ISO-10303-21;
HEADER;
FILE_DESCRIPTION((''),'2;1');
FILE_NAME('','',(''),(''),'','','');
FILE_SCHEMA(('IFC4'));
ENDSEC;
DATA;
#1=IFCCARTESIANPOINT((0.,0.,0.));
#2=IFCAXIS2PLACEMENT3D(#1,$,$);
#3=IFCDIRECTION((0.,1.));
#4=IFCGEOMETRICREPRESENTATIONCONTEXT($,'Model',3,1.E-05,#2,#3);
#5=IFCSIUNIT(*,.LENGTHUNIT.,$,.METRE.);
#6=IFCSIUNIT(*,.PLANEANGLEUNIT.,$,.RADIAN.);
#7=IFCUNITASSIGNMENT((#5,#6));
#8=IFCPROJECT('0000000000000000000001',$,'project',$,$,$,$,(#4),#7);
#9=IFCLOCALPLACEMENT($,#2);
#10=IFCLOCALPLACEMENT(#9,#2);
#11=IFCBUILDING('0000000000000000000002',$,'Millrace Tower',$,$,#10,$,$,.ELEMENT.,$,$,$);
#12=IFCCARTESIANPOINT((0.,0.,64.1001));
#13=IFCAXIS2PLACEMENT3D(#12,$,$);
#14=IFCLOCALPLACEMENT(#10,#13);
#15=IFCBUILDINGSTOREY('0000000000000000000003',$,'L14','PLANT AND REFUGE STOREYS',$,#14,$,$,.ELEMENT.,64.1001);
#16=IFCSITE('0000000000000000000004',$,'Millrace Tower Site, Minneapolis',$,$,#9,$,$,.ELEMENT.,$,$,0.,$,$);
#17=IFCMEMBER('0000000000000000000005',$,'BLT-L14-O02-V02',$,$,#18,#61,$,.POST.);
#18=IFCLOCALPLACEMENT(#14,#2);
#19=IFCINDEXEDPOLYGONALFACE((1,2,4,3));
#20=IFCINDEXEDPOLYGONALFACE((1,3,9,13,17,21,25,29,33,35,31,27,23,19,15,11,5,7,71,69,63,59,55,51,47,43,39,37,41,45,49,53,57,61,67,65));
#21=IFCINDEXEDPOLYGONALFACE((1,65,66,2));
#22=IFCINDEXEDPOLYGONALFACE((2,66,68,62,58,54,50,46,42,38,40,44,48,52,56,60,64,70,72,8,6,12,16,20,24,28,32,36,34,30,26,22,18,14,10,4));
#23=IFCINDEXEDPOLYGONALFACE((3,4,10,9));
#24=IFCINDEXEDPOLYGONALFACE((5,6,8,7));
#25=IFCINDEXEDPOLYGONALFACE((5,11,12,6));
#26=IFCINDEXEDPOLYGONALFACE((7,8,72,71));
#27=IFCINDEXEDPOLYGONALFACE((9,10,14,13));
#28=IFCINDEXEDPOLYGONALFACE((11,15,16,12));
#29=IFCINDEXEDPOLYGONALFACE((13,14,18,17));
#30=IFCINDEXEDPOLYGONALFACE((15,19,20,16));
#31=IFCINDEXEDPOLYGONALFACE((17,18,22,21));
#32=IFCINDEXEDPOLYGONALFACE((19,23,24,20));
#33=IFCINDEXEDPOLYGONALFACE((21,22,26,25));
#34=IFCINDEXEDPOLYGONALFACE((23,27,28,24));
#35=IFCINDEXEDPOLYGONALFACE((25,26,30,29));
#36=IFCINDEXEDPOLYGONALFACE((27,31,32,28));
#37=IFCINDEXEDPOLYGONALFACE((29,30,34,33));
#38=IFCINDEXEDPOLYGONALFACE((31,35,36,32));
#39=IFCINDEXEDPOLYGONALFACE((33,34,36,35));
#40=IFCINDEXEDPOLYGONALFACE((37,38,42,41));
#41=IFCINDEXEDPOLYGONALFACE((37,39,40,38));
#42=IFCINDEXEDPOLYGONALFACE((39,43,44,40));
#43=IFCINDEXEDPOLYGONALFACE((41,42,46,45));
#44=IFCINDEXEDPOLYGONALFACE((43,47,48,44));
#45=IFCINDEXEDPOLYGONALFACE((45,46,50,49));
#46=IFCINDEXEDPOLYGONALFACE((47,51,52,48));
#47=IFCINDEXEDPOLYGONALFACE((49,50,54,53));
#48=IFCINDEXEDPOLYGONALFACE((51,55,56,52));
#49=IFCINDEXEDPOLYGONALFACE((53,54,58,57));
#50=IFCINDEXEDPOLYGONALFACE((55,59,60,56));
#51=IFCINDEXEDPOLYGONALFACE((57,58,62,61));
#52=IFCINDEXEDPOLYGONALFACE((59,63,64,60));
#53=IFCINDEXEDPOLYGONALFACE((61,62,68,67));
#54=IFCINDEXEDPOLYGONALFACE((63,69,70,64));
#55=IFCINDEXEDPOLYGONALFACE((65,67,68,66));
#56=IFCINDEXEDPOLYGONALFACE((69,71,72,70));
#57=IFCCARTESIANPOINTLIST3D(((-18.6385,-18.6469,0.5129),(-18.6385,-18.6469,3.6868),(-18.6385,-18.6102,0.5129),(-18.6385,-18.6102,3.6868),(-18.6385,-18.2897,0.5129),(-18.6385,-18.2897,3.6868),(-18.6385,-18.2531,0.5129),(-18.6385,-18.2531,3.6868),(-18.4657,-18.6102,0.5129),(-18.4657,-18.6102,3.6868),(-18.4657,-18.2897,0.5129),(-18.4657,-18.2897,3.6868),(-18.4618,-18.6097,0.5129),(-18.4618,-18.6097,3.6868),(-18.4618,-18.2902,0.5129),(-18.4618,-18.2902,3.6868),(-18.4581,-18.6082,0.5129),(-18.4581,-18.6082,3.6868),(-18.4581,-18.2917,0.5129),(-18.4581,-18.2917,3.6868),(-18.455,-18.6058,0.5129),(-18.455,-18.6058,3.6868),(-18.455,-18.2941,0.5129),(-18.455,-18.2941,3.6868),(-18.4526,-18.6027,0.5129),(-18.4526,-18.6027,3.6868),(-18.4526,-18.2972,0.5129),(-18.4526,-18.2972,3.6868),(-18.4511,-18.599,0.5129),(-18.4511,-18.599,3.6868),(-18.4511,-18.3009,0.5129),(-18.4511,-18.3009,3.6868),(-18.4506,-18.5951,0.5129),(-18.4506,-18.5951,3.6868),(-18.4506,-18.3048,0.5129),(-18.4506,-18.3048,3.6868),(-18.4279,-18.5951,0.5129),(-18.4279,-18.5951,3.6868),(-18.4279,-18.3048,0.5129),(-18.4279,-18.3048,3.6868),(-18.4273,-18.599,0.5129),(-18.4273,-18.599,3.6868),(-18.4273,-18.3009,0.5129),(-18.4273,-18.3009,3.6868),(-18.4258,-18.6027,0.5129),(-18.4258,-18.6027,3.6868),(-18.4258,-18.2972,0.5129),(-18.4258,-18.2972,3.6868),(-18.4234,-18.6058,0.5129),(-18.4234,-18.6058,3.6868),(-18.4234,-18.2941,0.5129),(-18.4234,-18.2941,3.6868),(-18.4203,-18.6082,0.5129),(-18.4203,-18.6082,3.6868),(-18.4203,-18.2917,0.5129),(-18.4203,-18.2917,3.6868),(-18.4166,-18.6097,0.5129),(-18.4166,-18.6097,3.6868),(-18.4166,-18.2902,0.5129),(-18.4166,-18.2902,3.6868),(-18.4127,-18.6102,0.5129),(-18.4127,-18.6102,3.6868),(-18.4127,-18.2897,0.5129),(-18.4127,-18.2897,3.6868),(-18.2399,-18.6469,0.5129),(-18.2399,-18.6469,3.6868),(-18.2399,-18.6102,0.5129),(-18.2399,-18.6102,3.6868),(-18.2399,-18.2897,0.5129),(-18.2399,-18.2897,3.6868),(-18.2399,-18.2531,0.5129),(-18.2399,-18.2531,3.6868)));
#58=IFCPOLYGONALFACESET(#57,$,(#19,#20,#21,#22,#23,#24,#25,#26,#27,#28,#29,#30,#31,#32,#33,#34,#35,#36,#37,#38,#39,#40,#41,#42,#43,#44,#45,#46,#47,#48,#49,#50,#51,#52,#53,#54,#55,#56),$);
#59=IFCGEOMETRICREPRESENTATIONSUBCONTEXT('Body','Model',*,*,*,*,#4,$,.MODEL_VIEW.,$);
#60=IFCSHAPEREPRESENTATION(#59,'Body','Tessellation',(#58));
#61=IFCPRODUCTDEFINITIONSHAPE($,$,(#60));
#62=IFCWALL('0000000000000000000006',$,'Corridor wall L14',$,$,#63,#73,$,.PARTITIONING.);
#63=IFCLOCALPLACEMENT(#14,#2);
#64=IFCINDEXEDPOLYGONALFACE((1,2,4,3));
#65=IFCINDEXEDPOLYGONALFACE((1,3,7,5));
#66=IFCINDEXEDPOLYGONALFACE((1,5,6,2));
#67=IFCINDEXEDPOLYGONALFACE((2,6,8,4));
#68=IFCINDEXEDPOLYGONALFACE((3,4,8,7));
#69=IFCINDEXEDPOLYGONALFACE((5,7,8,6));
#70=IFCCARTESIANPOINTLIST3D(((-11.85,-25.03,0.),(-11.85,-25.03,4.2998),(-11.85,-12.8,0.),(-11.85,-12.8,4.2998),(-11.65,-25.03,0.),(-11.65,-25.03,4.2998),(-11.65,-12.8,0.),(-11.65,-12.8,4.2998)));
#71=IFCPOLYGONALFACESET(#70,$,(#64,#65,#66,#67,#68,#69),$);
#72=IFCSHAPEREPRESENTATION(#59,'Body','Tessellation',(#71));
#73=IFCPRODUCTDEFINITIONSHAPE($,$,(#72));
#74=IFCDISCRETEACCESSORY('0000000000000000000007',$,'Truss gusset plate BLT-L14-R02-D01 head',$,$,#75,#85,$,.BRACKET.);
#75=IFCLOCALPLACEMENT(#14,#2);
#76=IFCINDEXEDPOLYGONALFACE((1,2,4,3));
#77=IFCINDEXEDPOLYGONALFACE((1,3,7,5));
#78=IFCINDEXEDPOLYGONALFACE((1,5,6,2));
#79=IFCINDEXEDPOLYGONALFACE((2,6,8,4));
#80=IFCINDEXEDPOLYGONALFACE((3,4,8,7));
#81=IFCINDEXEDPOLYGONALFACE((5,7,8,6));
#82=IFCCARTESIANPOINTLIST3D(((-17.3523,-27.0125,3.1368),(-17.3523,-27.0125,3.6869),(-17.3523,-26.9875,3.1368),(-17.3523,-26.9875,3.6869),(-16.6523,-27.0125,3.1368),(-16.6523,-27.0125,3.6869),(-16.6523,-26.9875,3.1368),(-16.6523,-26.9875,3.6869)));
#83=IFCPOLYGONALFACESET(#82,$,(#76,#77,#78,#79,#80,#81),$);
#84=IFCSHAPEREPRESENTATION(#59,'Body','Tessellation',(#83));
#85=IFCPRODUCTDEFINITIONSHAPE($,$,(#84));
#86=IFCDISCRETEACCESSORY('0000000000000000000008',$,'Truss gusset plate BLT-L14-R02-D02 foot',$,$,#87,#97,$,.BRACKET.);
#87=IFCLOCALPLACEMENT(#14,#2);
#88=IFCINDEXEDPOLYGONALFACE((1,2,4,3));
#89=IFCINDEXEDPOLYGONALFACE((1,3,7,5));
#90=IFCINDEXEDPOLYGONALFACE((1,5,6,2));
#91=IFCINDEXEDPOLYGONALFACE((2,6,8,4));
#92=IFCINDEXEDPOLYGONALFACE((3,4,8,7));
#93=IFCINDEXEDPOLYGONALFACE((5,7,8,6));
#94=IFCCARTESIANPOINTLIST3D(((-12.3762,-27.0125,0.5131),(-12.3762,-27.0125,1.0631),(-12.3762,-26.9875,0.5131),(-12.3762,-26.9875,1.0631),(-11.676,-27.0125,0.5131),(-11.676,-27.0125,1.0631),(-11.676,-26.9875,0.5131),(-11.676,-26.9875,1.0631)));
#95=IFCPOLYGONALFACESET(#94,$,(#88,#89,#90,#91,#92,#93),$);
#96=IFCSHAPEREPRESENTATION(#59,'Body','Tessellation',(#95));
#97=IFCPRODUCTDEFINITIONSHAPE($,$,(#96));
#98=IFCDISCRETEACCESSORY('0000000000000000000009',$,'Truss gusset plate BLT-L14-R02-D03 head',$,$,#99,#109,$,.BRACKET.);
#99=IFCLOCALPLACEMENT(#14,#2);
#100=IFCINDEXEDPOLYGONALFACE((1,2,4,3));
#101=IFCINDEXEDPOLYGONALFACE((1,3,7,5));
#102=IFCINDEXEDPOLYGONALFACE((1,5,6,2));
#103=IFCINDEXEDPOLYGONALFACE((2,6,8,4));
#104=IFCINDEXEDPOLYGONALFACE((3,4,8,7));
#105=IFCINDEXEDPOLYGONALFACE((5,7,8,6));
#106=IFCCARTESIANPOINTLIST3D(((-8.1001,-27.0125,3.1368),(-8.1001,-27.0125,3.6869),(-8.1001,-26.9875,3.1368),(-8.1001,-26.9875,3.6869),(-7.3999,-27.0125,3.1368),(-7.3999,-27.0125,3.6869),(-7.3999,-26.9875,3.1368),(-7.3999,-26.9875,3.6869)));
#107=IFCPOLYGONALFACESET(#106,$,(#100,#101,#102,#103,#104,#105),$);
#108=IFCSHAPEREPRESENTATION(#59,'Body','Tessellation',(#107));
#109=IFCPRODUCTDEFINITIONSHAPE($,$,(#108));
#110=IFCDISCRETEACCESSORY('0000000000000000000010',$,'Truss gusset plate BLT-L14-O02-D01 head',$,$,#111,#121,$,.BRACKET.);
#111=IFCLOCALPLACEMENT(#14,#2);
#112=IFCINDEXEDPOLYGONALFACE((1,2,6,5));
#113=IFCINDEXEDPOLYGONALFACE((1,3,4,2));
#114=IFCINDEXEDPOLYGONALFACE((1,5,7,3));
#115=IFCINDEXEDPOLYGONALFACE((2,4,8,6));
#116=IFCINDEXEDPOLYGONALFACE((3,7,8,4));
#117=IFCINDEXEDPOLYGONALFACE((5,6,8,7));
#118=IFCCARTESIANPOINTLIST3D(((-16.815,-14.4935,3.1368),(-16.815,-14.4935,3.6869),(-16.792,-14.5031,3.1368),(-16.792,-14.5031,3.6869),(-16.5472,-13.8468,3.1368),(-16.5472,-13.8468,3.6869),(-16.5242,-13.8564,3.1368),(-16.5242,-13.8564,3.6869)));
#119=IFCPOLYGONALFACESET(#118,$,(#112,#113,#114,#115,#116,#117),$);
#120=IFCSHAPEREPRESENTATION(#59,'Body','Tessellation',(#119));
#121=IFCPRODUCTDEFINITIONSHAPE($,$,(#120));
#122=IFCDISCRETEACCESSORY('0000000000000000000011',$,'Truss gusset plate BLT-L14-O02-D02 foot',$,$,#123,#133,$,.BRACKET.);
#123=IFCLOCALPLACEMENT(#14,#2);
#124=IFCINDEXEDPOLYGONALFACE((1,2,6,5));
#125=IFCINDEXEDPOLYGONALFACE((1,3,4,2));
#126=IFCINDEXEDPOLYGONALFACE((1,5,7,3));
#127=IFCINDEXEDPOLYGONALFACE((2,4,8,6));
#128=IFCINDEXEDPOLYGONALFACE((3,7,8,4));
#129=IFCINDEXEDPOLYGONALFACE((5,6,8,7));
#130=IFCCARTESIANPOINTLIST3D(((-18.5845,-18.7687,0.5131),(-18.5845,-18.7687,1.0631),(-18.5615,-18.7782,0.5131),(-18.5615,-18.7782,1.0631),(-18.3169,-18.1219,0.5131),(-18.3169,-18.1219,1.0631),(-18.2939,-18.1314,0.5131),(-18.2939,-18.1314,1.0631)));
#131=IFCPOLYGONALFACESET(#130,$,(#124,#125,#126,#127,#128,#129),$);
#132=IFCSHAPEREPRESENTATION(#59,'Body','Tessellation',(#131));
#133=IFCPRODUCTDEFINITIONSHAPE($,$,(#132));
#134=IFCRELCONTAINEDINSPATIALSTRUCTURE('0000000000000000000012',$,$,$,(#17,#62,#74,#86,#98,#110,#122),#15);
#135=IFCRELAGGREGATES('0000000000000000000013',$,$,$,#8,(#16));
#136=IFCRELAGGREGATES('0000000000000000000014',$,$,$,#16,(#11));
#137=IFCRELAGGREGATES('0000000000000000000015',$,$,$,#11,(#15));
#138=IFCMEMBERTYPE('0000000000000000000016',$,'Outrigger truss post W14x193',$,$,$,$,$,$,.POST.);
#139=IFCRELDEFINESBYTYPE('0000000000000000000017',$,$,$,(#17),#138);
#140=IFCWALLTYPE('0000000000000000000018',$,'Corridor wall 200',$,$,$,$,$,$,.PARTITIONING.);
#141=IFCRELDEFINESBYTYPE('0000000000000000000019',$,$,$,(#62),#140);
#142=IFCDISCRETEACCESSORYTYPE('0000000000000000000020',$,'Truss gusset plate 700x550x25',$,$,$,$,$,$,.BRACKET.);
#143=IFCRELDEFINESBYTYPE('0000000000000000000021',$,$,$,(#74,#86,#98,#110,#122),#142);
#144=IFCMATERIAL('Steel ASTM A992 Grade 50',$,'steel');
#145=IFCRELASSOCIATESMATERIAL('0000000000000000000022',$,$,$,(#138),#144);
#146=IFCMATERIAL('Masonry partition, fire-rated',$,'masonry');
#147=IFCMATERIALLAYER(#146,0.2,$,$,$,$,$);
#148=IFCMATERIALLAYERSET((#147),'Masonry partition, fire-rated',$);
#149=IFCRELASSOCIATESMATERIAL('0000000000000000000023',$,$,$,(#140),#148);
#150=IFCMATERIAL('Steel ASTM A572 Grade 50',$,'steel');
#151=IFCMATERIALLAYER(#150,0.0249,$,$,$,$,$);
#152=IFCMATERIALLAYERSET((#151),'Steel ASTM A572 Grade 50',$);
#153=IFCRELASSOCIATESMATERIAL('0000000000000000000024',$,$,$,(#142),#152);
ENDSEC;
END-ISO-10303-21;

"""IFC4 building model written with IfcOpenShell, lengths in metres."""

from ifc_helpers import new_model, si_unit, direction, frame, frame_2d, origin, origin_2d, place, context, subcontext, project, spatial, rectangle, i_section, extrude, material, layer, layer_set, material_profile, profile_set, type_object, element, save


model = new_model("IFC4")

# Units and contexts
model_context = context("Model", 3, precision=1e-05, world=origin(), true_north=direction((0.0, 1.0)))
body_context = subcontext(model_context, "Body", "Model", "MODEL_VIEW")
ifc_project = project(units=[si_unit("LENGTHUNIT", "METRE"), si_unit("PLANEANGLEUNIT", "RADIAN")], contexts=[model_context])

# Site, building, storey
site_placement = place(None, origin())
site = spatial("IfcSite", under=ifc_project, at=site_placement, Name="Millrace Tower Site, Minneapolis", CompositionType="ELEMENT", RefElevation=0.0)
building_placement = place(site_placement, origin())
building = spatial("IfcBuilding", under=site, at=building_placement, Name="Millrace Tower", CompositionType="ELEMENT")
storey_placement = place(building_placement, frame((0.0, 0.0, 64.1001)))
storey = spatial("IfcBuildingStorey", under=building, at=storey_placement, Name="L14", Description="PLANT AND REFUGE STOREYS", CompositionType="ELEMENT", Elevation=64.1001)

# Member
ifc_material_1 = material(Name="Steel ASTM A992 Grade 50", Category="steel")
ifc_material_profile_1 = material_profile(ifc_material_1, i_section(OverallWidth=0.3987, OverallDepth=0.3938, WebThickness=0.0227, FlangeThickness=0.0366, FilletRadius=0.0151, at=origin_2d()))
ifc_profile_set_1 = profile_set([ifc_material_profile_1], Name="Steel ASTM A992 Grade 50")
member_type_1 = type_object("IfcMemberType", Name="Outrigger truss post W14x193", PredefinedType="POST", material=ifc_profile_set_1)
for number, where, z_axis, x_axis, name in (
    (1, (-18.4392, -18.45, 0.5129), (0.0, 0.0, 1.0), (1.0, 0.0, 0.0), "BLT-L14-O02-V02"),
):
    element("IfcMember", number, at=place(storey_placement, frame(where, z_axis=z_axis, x_axis=x_axis)), inside=storey, type_object=member_type_1, Name=name, PredefinedType="POST", context=body_context, shape_type="SweptSolid", body=[
        extrude(i_section(OverallWidth=0.3987, OverallDepth=0.3938, WebThickness=0.0227, FlangeThickness=0.0366, FilletRadius=0.0151, at=origin_2d()), origin(), (0.0, 0.0, 1.0), 3.1738),
    ])

# Wall
ifc_material_2 = material(Name="Masonry partition, fire-rated", Category="masonry")
ifc_layer_1 = layer(ifc_material_2, 0.2)
ifc_layer_set_1 = layer_set([ifc_layer_1], Name="Masonry partition, fire-rated")
wall_type = type_object("IfcWallType", Name="Corridor wall 200", PredefinedType="PARTITIONING", material=ifc_layer_set_1)
wall_placement = place(storey_placement, frame((-11.75, -25.03, 0.0), z_axis=(0.0, 0.0, 1.0), x_axis=(0.0, 1.0, 0.0)))
element("IfcWall", 2, at=wall_placement, inside=storey, type_object=wall_type, Name="Corridor wall L14", PredefinedType="PARTITIONING", context=body_context, shape_type="SweptSolid", body=[
    extrude(rectangle(XDim=12.23, YDim=0.2, at=frame_2d((6.115, 0.0))), origin(), (0.0, 0.0, 1.0), 4.2998),
])

# Discrete accessories
ifc_material_3 = material(Name="Steel ASTM A572 Grade 50", Category="steel")
ifc_layer_2 = layer(ifc_material_3, 0.0249)
ifc_layer_set_2 = layer_set([ifc_layer_2], Name="Steel ASTM A572 Grade 50")
discrete_accessory_type = type_object("IfcDiscreteAccessoryType", Name="Truss gusset plate 700x550x25", PredefinedType="BRACKET", material=ifc_layer_set_2)
discrete_accessory_placement = place(storey_placement, frame((-17.3523, -27.0, 3.4119), z_axis=(1.0, 0.0, 0.0), x_axis=(0.0, 1.0, 0.0)))
element("IfcDiscreteAccessory", 3, at=discrete_accessory_placement, inside=storey, type_object=discrete_accessory_type, Name="Truss gusset plate BLT-L14-R02-D01 head", PredefinedType="BRACKET", context=body_context, shape_type="SweptSolid", body=[
    extrude(rectangle(XDim=0.0249, YDim=0.55, at=origin_2d()), origin(), (0.0, 0.0, 1.0), 0.7),
])
for number, where, z_axis, x_axis, name in (
    (4, (-12.3762, -27.0, 0.7881), (1.0, 0.0, 0.0), (0.0, 1.0, 0.0), "Truss gusset plate BLT-L14-R02-D02 foot"),
    (5, (-8.1001, -27.0, 3.4119), (1.0, 0.0, 0.0), (0.0, 1.0, 0.0), "Truss gusset plate BLT-L14-R02-D03 head"),
):
    element("IfcDiscreteAccessory", number, at=place(storey_placement, frame(where, z_axis=z_axis, x_axis=x_axis)), inside=storey, type_object=discrete_accessory_type, Name=name, PredefinedType="BRACKET", context=body_context, shape_type="SweptSolid", body=[
        extrude(rectangle(XDim=0.0249, YDim=0.55, at=origin_2d()), origin(), (0.0, 0.0, 1.0), 0.7002),
    ])
for number, where, z_axis, x_axis, name in (
    (6, (-16.8035, -14.4983, 3.4119), (0.382608, 0.923911, 0.0), (-0.923911, 0.382608, 0.0), "Truss gusset plate BLT-L14-O02-D01 head"),
    (7, (-18.573, -18.7734, 0.7881), (0.382311, 0.924034, 0.0), (-0.924034, 0.382311, 0.0), "Truss gusset plate BLT-L14-O02-D02 foot"),
):
    element("IfcDiscreteAccessory", number, at=place(storey_placement, frame(where, z_axis=z_axis, x_axis=x_axis)), inside=storey, type_object=discrete_accessory_type, Name=name, PredefinedType="BRACKET", context=body_context, shape_type="SweptSolid", body=[
        extrude(rectangle(XDim=0.0249, YDim=0.55, at=origin_2d()), origin(), (0.0, 0.0, 1.0), 0.7),
    ])

save(model, "model.ifc")
